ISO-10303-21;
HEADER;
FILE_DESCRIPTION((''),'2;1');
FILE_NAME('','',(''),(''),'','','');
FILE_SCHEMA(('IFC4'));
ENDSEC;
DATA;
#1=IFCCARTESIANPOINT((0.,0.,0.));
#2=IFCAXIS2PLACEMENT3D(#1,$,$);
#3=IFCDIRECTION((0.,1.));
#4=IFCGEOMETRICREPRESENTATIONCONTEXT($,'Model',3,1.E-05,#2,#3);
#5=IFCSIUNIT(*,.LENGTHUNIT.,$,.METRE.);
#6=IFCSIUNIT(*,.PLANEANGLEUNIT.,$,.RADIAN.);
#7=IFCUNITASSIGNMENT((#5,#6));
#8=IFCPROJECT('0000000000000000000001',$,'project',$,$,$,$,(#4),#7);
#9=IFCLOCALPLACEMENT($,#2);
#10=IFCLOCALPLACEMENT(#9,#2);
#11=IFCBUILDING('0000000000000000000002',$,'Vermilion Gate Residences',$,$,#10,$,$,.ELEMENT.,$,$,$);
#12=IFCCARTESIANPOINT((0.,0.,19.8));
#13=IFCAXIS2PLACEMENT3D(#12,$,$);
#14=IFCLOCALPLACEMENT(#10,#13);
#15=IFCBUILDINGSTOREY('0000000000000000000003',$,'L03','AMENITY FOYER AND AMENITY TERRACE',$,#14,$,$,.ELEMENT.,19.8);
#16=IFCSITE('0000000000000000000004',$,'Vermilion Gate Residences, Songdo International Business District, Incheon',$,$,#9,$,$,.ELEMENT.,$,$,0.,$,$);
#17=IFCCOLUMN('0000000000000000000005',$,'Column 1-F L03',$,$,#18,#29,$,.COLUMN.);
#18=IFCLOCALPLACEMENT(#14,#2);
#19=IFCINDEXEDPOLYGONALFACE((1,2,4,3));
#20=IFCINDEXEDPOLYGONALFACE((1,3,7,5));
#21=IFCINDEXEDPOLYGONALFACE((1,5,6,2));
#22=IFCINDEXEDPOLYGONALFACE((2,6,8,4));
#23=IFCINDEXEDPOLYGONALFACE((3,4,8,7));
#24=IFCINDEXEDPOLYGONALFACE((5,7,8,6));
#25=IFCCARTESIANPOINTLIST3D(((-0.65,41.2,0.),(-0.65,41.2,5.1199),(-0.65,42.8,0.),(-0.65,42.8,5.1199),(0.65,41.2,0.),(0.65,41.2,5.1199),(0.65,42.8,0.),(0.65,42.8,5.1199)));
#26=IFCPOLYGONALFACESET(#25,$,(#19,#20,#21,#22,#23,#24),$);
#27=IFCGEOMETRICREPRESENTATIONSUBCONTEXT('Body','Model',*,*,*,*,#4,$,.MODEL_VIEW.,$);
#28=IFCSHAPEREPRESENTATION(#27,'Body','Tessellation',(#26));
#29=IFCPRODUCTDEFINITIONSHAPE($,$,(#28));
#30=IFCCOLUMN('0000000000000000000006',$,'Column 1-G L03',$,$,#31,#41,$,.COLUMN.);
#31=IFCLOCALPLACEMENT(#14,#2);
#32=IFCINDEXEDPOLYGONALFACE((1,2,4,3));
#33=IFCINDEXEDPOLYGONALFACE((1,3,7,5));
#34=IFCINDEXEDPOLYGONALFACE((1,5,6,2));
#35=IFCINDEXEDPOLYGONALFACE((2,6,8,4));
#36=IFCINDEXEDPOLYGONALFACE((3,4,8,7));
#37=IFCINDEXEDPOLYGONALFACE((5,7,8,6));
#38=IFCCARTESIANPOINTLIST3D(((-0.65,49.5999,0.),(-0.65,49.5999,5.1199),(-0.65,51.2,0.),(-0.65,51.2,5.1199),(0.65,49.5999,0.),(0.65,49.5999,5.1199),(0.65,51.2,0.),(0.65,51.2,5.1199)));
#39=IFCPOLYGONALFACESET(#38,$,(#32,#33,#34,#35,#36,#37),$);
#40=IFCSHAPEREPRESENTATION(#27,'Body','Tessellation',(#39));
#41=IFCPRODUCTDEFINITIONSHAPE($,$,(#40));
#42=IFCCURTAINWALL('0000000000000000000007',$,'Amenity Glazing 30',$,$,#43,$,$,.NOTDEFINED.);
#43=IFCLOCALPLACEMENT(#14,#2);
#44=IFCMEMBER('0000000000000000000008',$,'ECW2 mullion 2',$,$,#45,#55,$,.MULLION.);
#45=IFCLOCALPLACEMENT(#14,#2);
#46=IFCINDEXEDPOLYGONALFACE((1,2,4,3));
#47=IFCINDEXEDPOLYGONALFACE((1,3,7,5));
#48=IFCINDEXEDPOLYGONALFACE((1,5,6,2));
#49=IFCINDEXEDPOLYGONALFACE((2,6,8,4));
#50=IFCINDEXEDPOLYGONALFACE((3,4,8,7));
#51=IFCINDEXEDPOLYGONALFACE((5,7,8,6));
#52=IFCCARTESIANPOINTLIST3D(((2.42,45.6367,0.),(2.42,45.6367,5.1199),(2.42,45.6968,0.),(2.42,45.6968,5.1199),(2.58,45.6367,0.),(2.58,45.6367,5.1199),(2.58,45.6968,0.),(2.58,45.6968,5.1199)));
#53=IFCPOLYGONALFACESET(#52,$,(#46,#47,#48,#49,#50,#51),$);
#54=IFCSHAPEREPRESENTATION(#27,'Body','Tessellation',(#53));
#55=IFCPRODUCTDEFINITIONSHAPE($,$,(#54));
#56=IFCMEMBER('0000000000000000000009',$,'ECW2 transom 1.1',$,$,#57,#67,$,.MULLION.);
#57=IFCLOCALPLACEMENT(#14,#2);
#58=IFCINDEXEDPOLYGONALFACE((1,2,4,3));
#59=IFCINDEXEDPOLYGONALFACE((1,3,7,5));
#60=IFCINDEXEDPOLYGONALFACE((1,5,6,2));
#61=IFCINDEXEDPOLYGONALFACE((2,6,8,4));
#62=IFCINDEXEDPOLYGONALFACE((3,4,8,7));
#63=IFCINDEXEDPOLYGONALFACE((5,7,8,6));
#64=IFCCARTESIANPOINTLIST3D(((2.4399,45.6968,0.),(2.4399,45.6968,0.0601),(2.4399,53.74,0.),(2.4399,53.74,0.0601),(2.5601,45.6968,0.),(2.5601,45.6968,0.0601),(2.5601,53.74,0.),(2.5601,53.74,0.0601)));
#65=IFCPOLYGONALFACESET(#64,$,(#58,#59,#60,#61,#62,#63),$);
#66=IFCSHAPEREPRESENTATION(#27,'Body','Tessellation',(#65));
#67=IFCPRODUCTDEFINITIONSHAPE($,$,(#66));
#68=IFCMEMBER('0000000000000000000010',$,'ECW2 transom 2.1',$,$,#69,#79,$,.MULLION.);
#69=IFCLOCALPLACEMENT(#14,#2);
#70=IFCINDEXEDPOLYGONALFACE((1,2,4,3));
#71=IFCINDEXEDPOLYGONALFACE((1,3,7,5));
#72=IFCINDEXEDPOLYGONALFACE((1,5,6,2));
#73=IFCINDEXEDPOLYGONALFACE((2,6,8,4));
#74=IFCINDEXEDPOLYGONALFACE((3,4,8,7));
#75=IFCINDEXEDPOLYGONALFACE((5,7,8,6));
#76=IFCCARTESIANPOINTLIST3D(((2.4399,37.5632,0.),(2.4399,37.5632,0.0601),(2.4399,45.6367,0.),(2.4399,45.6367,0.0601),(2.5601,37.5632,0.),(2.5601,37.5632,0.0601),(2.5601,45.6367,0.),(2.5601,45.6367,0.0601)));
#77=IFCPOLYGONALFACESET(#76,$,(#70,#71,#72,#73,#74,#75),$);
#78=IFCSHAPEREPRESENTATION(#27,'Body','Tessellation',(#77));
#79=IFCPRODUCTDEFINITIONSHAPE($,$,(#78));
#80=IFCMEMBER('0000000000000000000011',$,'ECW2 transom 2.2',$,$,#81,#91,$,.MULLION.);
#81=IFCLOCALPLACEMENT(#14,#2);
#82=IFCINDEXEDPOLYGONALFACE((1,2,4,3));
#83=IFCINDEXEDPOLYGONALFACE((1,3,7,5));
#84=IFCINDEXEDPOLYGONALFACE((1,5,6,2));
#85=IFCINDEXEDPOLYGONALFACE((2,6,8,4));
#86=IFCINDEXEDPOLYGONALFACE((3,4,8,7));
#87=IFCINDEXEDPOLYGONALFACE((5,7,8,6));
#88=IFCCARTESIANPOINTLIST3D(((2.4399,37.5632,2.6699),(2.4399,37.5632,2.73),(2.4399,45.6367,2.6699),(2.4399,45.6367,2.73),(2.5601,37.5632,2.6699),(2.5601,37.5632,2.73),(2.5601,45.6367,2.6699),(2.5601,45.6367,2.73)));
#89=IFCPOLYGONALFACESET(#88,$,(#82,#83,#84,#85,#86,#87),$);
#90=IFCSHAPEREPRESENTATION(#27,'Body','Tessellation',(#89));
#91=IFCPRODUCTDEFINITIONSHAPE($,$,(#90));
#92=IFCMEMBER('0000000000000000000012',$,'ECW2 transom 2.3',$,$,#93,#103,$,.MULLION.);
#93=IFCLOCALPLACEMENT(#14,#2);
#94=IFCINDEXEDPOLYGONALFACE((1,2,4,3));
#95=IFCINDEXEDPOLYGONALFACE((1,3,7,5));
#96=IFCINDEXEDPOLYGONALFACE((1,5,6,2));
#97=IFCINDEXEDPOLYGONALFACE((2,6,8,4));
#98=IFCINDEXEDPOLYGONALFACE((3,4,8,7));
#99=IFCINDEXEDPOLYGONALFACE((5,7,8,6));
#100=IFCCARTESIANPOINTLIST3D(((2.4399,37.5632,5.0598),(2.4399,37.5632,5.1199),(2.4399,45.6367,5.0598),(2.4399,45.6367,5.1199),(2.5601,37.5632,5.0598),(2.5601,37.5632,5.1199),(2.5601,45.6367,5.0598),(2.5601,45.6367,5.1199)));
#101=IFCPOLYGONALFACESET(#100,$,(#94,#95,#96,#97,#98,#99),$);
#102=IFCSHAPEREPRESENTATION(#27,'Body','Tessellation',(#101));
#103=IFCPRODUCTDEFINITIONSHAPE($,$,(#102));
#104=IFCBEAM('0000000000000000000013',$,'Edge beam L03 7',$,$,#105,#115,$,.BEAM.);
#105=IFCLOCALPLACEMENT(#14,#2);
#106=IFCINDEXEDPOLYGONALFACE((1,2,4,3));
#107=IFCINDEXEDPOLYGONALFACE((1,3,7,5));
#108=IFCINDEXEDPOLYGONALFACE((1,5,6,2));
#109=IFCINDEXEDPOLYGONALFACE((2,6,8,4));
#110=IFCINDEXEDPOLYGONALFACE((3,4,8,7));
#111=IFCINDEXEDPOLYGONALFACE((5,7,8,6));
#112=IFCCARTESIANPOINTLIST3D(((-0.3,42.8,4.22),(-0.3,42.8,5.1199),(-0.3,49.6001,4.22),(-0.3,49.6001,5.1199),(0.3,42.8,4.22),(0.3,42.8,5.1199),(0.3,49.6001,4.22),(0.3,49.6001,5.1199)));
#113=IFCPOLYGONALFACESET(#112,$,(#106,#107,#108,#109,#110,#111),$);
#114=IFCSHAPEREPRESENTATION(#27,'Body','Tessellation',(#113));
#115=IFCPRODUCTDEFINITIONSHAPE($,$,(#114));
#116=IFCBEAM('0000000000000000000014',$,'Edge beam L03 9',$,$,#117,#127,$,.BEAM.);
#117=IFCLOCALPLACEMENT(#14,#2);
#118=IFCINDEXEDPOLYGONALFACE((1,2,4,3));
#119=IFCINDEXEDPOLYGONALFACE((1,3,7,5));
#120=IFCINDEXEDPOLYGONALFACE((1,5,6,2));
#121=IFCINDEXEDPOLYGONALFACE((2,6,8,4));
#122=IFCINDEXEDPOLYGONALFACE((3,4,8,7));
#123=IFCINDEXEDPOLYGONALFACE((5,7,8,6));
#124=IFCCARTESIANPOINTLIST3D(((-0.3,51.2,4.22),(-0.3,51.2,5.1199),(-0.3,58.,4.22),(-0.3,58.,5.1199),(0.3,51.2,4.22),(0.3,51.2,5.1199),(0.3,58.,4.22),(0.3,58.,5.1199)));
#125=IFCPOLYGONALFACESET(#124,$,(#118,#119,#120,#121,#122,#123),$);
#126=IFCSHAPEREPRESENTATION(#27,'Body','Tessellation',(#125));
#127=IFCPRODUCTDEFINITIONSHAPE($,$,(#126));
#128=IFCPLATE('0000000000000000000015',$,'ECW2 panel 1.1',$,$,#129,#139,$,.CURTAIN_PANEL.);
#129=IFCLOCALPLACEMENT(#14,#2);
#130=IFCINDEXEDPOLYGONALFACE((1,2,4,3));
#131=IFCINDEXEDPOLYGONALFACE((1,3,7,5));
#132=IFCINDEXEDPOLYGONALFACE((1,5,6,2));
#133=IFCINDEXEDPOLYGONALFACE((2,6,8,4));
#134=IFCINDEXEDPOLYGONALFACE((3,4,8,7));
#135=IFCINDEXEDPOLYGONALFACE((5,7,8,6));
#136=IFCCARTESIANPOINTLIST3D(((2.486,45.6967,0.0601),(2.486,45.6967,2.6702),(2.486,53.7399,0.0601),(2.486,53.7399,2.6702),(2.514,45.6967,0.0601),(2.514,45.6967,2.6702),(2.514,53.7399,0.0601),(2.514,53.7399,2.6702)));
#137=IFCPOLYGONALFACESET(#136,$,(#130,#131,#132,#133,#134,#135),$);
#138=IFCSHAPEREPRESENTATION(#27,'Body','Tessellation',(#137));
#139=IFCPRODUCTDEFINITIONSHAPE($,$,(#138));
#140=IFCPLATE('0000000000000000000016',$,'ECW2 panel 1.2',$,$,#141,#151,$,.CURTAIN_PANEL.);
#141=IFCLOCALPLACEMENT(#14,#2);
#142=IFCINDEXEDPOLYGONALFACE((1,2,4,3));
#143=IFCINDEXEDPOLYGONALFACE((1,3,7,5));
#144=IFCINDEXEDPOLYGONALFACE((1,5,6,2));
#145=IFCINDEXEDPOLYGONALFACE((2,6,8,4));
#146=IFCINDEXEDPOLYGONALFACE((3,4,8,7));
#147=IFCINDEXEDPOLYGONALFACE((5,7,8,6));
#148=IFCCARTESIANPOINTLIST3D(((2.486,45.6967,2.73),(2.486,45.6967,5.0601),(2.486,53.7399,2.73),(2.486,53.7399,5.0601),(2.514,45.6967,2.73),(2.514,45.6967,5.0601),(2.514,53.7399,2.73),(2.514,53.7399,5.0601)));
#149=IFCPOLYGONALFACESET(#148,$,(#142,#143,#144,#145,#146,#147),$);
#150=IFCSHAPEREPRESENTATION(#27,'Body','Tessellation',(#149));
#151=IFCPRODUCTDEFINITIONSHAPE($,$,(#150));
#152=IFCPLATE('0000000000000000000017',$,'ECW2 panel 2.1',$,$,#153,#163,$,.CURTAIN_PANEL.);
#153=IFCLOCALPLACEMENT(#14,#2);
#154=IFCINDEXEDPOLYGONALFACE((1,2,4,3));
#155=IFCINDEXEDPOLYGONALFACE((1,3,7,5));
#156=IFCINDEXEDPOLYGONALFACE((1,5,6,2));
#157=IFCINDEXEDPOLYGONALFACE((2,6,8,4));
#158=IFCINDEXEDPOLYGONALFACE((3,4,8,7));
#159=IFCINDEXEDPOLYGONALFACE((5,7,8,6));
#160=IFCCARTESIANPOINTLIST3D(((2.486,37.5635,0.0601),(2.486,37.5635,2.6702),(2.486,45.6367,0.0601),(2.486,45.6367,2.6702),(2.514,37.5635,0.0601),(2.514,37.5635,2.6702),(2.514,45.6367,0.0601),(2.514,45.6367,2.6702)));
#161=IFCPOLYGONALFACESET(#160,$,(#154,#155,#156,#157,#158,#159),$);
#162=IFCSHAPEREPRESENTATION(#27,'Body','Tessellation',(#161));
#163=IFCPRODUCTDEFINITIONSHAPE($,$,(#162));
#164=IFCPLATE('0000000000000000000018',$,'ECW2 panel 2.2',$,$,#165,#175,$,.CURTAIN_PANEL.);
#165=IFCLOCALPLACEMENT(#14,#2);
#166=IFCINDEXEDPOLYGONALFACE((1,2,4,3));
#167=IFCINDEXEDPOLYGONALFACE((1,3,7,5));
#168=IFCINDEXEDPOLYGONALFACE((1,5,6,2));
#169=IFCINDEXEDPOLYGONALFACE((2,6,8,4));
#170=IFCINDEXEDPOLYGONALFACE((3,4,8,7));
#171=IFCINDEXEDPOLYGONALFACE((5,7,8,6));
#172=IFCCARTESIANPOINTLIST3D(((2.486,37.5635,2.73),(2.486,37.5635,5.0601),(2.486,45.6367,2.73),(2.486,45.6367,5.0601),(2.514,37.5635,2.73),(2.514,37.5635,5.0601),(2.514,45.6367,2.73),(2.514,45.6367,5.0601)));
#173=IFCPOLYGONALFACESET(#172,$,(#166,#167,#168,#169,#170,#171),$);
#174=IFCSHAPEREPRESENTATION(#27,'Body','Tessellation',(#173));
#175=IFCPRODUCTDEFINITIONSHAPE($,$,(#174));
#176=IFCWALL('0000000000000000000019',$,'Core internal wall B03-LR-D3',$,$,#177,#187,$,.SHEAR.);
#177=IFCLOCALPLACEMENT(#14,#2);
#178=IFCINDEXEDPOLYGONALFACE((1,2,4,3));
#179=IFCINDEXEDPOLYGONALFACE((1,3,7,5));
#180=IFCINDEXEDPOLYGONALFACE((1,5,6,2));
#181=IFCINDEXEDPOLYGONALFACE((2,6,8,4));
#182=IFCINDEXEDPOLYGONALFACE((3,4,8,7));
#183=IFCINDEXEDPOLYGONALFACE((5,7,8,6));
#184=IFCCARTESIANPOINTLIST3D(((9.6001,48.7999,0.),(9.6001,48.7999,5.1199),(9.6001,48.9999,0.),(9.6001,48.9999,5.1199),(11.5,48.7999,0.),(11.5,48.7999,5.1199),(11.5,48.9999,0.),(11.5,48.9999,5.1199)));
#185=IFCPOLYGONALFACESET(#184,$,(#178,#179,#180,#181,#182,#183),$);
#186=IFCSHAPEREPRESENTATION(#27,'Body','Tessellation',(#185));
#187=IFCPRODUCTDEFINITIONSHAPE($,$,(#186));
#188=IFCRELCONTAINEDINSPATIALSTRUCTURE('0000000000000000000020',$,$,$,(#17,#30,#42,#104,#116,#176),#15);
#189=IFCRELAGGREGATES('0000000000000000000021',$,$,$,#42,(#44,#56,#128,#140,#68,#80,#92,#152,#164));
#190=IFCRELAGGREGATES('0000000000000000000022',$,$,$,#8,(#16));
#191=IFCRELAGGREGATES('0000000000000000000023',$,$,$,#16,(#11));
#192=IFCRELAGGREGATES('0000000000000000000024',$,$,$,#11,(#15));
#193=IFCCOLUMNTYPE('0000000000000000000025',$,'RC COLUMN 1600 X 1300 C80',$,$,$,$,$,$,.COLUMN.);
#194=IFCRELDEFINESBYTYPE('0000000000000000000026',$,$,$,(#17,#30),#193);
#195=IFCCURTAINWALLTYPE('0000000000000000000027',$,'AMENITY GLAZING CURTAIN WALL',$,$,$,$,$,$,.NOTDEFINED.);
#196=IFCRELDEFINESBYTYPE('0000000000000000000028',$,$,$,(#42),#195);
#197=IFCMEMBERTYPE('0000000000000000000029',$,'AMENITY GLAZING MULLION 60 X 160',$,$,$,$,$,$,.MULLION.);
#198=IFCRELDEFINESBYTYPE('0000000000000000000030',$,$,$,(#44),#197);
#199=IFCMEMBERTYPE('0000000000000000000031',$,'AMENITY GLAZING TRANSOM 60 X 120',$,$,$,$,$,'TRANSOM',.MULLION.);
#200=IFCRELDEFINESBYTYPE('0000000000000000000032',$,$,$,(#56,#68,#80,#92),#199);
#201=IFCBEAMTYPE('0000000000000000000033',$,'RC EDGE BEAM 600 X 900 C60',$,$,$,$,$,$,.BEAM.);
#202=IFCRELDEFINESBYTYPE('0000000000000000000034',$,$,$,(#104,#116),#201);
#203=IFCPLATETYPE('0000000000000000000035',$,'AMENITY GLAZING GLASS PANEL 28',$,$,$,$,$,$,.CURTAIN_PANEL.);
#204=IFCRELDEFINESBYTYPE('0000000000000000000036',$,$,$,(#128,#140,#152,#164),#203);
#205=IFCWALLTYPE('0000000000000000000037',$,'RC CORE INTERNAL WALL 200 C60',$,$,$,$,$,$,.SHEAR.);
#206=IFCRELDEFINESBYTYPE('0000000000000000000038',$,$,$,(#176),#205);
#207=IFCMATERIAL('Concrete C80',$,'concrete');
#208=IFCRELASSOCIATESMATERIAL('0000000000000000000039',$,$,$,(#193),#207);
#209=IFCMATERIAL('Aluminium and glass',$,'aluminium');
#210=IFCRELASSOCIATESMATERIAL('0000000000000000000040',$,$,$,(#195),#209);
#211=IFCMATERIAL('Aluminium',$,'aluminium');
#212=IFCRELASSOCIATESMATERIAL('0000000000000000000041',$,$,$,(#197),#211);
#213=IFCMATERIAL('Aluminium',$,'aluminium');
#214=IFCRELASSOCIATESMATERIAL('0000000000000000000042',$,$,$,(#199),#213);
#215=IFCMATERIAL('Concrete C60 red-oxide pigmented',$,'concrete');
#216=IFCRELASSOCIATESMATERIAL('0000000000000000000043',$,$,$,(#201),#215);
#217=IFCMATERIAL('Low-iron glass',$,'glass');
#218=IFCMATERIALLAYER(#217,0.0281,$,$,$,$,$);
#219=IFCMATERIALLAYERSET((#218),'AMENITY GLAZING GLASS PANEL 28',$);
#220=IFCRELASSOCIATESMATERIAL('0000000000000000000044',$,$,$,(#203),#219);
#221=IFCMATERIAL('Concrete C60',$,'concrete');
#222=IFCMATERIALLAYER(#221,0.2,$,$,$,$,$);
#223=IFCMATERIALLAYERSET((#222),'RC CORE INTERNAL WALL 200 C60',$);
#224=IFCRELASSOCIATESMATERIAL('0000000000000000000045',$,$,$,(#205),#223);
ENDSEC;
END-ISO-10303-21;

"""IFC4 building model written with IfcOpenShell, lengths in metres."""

from ifc_helpers import new_model, si_unit, direction, frame, frame_2d, origin, origin_2d, place, context, subcontext, project, spatial, rectangle, extrude, material, layer, layer_set, material_profile, profile_set, type_object, element, aggregate, save


model = new_model("IFC4")

# Units and contexts
model_context = context("Model", 3, precision=1e-05, world=origin(), true_north=direction((0.0, 1.0)))
body_context = subcontext(model_context, "Body", "Model", "MODEL_VIEW")
ifc_project = project(units=[si_unit("LENGTHUNIT", "METRE"), si_unit("PLANEANGLEUNIT", "RADIAN")], contexts=[model_context])

# Site, building, storey
site_placement = place(None, origin())
site = spatial("IfcSite", under=ifc_project, at=site_placement, Name="Vermilion Gate Residences, Songdo International Business District, Incheon", CompositionType="ELEMENT", RefElevation=0.0)
building_placement = place(site_placement, origin())
building = spatial("IfcBuilding", under=site, at=building_placement, Name="Vermilion Gate Residences", CompositionType="ELEMENT")
storey_placement = place(building_placement, frame((0.0, 0.0, 19.8)))
storey = spatial("IfcBuildingStorey", under=building, at=storey_placement, Name="L03", Description="AMENITY FOYER AND AMENITY TERRACE", CompositionType="ELEMENT", Elevation=19.8)

# Columns
ifc_material_1 = material(Name="Concrete C80", Category="concrete")
ifc_material_profile_1 = material_profile(ifc_material_1, rectangle(XDim=1.6001, YDim=1.3, at=origin_2d()), Name="RC-1600x1300")
ifc_profile_set_1 = profile_set([ifc_material_profile_1], Name="Concrete C80")
column_type = type_object("IfcColumnType", Name="RC COLUMN 1600 X 1300 C80", PredefinedType="COLUMN", material=ifc_profile_set_1)
for number, where, z_axis, x_axis, name in (
    (1, (0.0, 42.0, 0.0), (0.0, 0.0, 1.0), (0.0, 1.0, 0.0), "Column 1-F L03"),
    (2, (0.0, 50.3999, 0.0), (0.0, 0.0, 1.0), (0.0, 1.0, 0.0), "Column 1-G L03"),
):
    element("IfcColumn", number, at=place(storey_placement, frame(where, z_axis=z_axis, x_axis=x_axis)), inside=storey, type_object=column_type, Name=name, PredefinedType="COLUMN", context=body_context, shape_type="SweptSolid", body=[
        extrude(rectangle(XDim=1.6001, YDim=1.3, at=origin_2d()), origin(), (0.0, 0.0, 1.0), 5.1199),
    ])

# Curtain wall, members
ifc_material_2 = material(Name="Aluminium and glass", Category="aluminium")
curtain_wall_type = type_object("IfcCurtainWallType", Name="AMENITY GLAZING CURTAIN WALL", PredefinedType="NOTDEFINED", material=ifc_material_2)
curtain_wall_placement = place(storey_placement, origin())
curtain_wall = element("IfcCurtainWall", 3, at=curtain_wall_placement, inside=storey, type_object=curtain_wall_type, Name="Amenity Glazing 30", PredefinedType="NOTDEFINED")
ifc_material_3 = material(Name="Aluminium", Category="aluminium")
ifc_material_profile_2 = material_profile(ifc_material_3, rectangle(XDim=0.1599, YDim=0.0601, at=origin_2d()), Name="MULLION 60 X 160")
ifc_profile_set_2 = profile_set([ifc_material_profile_2], Name="Aluminium")
member_type_1 = type_object("IfcMemberType", Name="AMENITY GLAZING MULLION 60 X 160", PredefinedType="MULLION", material=ifc_profile_set_2)
member_1_placement = place(storey_placement, frame((2.5, 45.6667, 0.0), z_axis=(0.0, 0.0, 1.0), x_axis=(1.0, 0.0, 0.0)))
member_1 = element("IfcMember", 4, at=member_1_placement, type_object=member_type_1, Name="ECW2 mullion 2", PredefinedType="MULLION", context=body_context, shape_type="SweptSolid", body=[
    extrude(rectangle(XDim=0.1599, YDim=0.0601, at=origin_2d()), origin(), (0.0, 0.0, 1.0), 5.1199),
])
ifc_material_4 = material(Name="Aluminium", Category="aluminium")
ifc_material_profile_3 = material_profile(ifc_material_4, rectangle(XDim=0.1201, YDim=0.0601, at=origin_2d()), Name="TRANSOM 60 X 120")
ifc_profile_set_3 = profile_set([ifc_material_profile_3], Name="Aluminium")
member_type_2 = type_object("IfcMemberType", Name="AMENITY GLAZING TRANSOM 60 X 120", ElementType="TRANSOM", PredefinedType="MULLION", material=ifc_profile_set_3)
member_2_placement = place(storey_placement, frame((2.5, 53.74, 0.03), z_axis=(0.0, -1.0, 0.0), x_axis=(1.0, 0.0, 0.0)))
member_2 = element("IfcMember", 5, at=member_2_placement, type_object=member_type_2, Name="ECW2 transom 1.1", PredefinedType="MULLION", context=body_context, shape_type="SweptSolid", body=[
    extrude(rectangle(XDim=0.1201, YDim=0.0601, at=origin_2d()), origin(), (0.0, 0.0, 1.0), 8.0432),
])
member_3_placement = place(storey_placement, frame((2.5, 45.6367, 0.03), z_axis=(0.0, -1.0, 0.0), x_axis=(1.0, 0.0, 0.0)))
member_3 = element("IfcMember", 6, at=member_3_placement, type_object=member_type_2, Name="ECW2 transom 2.1", PredefinedType="MULLION", context=body_context, shape_type="SweptSolid", body=[
    extrude(rectangle(XDim=0.1201, YDim=0.0601, at=origin_2d()), origin(), (0.0, 0.0, 1.0), 8.0735),
])
member_4_placement = place(storey_placement, frame((2.5, 45.6367, 2.7), z_axis=(0.0, -1.0, 0.0), x_axis=(1.0, 0.0, 0.0)))
member_4 = element("IfcMember", 7, at=member_4_placement, type_object=member_type_2, Name="ECW2 transom 2.2", PredefinedType="MULLION", context=body_context, shape_type="SweptSolid", body=[
    extrude(rectangle(XDim=0.1201, YDim=0.0601, at=origin_2d()), origin(), (0.0, 0.0, 1.0), 8.0735),
])
member_5_placement = place(storey_placement, frame((2.5, 45.6367, 5.0898), z_axis=(0.0, -1.0, 0.0), x_axis=(1.0, 0.0, 0.0)))
member_5 = element("IfcMember", 8, at=member_5_placement, type_object=member_type_2, Name="ECW2 transom 2.3", PredefinedType="MULLION", context=body_context, shape_type="SweptSolid", body=[
    extrude(rectangle(XDim=0.1201, YDim=0.0601, at=origin_2d()), origin(), (0.0, 0.0, 1.0), 8.0735),
])

# Beams
ifc_material_5 = material(Name="Concrete C60 red-oxide pigmented", Category="concrete")
ifc_material_profile_4 = material_profile(ifc_material_5, rectangle(XDim=0.6001, YDim=0.8999, at=origin_2d()), Name="RC-600x900")
ifc_profile_set_4 = profile_set([ifc_material_profile_4], Name="Concrete C60 red-oxide pigmented")
beam_type = type_object("IfcBeamType", Name="RC EDGE BEAM 600 X 900 C60", PredefinedType="BEAM", material=ifc_profile_set_4)
for number, where, z_axis, x_axis, name in (
    (9, (0.0, 42.8, 4.6699), (0.0, 1.0, 0.0), (-1.0, 0.0, 0.0), "Edge beam L03 7"),
    (10, (0.0, 51.2, 4.6699), (0.0, 1.0, 0.0), (-1.0, 0.0, 0.0), "Edge beam L03 9"),
):
    element("IfcBeam", number, at=place(storey_placement, frame(where, z_axis=z_axis, x_axis=x_axis)), inside=storey, type_object=beam_type, Name=name, PredefinedType="BEAM", context=body_context, shape_type="SweptSolid", body=[
        extrude(rectangle(XDim=0.6001, YDim=0.8999, at=origin_2d()), origin(), (0.0, 0.0, 1.0), 6.8),
    ])

# Plates
ifc_material_6 = material(Name="Low-iron glass", Category="glass")
ifc_layer_1 = layer(ifc_material_6, 0.0281)
ifc_layer_set_1 = layer_set([ifc_layer_1], Name="AMENITY GLAZING GLASS PANEL 28")
plate_type = type_object("IfcPlateType", Name="AMENITY GLAZING GLASS PANEL 28", PredefinedType="CURTAIN_PANEL", material=ifc_layer_set_1)
plate_1_placement = place(storey_placement, frame((2.5, 49.7183, 0.0601), z_axis=(0.0, 0.0, 1.0), x_axis=(0.0, -1.0, 0.0)))
plate_1 = element("IfcPlate", 11, at=plate_1_placement, type_object=plate_type, Name="ECW2 panel 1.1", PredefinedType="CURTAIN_PANEL", context=body_context, shape_type="SweptSolid", body=[
    extrude(rectangle(XDim=8.0432, YDim=0.0281, at=origin_2d()), origin(), (0.0, 0.0, 1.0), 2.6101),
])
plate_2_placement = place(storey_placement, frame((2.5, 49.7183, 2.73), z_axis=(0.0, 0.0, 1.0), x_axis=(0.0, -1.0, 0.0)))
plate_2 = element("IfcPlate", 12, at=plate_2_placement, type_object=plate_type, Name="ECW2 panel 1.2", PredefinedType="CURTAIN_PANEL", context=body_context, shape_type="SweptSolid", body=[
    extrude(rectangle(XDim=8.0432, YDim=0.0281, at=origin_2d()), origin(), (0.0, 0.0, 1.0), 2.3301),
])
plate_3_placement = place(storey_placement, frame((2.5, 41.6001, 0.0601), z_axis=(0.0, 0.0, 1.0), x_axis=(0.0, -1.0, 0.0)))
plate_3 = element("IfcPlate", 13, at=plate_3_placement, type_object=plate_type, Name="ECW2 panel 2.1", PredefinedType="CURTAIN_PANEL", context=body_context, shape_type="SweptSolid", body=[
    extrude(rectangle(XDim=8.0732, YDim=0.0281, at=origin_2d()), origin(), (0.0, 0.0, 1.0), 2.6101),
])
plate_4_placement = place(storey_placement, frame((2.5, 41.6001, 2.73), z_axis=(0.0, 0.0, 1.0), x_axis=(0.0, -1.0, 0.0)))
plate_4 = element("IfcPlate", 14, at=plate_4_placement, type_object=plate_type, Name="ECW2 panel 2.2", PredefinedType="CURTAIN_PANEL", context=body_context, shape_type="SweptSolid", body=[
    extrude(rectangle(XDim=8.0732, YDim=0.0281, at=origin_2d()), origin(), (0.0, 0.0, 1.0), 2.3301),
])
aggregate(curtain_wall, [member_1, member_2, plate_1, plate_2, member_3, member_4, member_5, plate_3, plate_4])

# Wall
ifc_material_7 = material(Name="Concrete C60", Category="concrete")
ifc_layer_2 = layer(ifc_material_7, 0.2)
ifc_layer_set_2 = layer_set([ifc_layer_2], Name="RC CORE INTERNAL WALL 200 C60")
wall_type_1 = type_object("IfcWallType", Name="RC CORE INTERNAL WALL 200 C60", PredefinedType="SHEAR", material=ifc_layer_set_2)
for number, where, z_axis, x_axis, name in (
    (15, (9.6001, 48.8999, 0.0), (0.0, 0.0, 1.0), (1.0, 0.0, 0.0), "Core internal wall B03-LR-D3"),
):
    element("IfcWall", number, at=place(storey_placement, frame(where, z_axis=z_axis, x_axis=x_axis)), inside=storey, type_object=wall_type_1, Name=name, PredefinedType="SHEAR", context=body_context, shape_type="SweptSolid", body=[
        extrude(rectangle(XDim=1.8999, YDim=0.2, at=frame_2d((0.95, 0.0))), origin(), (0.0, 0.0, 1.0), 5.1199),
    ])

save(model, "model.ifc")
